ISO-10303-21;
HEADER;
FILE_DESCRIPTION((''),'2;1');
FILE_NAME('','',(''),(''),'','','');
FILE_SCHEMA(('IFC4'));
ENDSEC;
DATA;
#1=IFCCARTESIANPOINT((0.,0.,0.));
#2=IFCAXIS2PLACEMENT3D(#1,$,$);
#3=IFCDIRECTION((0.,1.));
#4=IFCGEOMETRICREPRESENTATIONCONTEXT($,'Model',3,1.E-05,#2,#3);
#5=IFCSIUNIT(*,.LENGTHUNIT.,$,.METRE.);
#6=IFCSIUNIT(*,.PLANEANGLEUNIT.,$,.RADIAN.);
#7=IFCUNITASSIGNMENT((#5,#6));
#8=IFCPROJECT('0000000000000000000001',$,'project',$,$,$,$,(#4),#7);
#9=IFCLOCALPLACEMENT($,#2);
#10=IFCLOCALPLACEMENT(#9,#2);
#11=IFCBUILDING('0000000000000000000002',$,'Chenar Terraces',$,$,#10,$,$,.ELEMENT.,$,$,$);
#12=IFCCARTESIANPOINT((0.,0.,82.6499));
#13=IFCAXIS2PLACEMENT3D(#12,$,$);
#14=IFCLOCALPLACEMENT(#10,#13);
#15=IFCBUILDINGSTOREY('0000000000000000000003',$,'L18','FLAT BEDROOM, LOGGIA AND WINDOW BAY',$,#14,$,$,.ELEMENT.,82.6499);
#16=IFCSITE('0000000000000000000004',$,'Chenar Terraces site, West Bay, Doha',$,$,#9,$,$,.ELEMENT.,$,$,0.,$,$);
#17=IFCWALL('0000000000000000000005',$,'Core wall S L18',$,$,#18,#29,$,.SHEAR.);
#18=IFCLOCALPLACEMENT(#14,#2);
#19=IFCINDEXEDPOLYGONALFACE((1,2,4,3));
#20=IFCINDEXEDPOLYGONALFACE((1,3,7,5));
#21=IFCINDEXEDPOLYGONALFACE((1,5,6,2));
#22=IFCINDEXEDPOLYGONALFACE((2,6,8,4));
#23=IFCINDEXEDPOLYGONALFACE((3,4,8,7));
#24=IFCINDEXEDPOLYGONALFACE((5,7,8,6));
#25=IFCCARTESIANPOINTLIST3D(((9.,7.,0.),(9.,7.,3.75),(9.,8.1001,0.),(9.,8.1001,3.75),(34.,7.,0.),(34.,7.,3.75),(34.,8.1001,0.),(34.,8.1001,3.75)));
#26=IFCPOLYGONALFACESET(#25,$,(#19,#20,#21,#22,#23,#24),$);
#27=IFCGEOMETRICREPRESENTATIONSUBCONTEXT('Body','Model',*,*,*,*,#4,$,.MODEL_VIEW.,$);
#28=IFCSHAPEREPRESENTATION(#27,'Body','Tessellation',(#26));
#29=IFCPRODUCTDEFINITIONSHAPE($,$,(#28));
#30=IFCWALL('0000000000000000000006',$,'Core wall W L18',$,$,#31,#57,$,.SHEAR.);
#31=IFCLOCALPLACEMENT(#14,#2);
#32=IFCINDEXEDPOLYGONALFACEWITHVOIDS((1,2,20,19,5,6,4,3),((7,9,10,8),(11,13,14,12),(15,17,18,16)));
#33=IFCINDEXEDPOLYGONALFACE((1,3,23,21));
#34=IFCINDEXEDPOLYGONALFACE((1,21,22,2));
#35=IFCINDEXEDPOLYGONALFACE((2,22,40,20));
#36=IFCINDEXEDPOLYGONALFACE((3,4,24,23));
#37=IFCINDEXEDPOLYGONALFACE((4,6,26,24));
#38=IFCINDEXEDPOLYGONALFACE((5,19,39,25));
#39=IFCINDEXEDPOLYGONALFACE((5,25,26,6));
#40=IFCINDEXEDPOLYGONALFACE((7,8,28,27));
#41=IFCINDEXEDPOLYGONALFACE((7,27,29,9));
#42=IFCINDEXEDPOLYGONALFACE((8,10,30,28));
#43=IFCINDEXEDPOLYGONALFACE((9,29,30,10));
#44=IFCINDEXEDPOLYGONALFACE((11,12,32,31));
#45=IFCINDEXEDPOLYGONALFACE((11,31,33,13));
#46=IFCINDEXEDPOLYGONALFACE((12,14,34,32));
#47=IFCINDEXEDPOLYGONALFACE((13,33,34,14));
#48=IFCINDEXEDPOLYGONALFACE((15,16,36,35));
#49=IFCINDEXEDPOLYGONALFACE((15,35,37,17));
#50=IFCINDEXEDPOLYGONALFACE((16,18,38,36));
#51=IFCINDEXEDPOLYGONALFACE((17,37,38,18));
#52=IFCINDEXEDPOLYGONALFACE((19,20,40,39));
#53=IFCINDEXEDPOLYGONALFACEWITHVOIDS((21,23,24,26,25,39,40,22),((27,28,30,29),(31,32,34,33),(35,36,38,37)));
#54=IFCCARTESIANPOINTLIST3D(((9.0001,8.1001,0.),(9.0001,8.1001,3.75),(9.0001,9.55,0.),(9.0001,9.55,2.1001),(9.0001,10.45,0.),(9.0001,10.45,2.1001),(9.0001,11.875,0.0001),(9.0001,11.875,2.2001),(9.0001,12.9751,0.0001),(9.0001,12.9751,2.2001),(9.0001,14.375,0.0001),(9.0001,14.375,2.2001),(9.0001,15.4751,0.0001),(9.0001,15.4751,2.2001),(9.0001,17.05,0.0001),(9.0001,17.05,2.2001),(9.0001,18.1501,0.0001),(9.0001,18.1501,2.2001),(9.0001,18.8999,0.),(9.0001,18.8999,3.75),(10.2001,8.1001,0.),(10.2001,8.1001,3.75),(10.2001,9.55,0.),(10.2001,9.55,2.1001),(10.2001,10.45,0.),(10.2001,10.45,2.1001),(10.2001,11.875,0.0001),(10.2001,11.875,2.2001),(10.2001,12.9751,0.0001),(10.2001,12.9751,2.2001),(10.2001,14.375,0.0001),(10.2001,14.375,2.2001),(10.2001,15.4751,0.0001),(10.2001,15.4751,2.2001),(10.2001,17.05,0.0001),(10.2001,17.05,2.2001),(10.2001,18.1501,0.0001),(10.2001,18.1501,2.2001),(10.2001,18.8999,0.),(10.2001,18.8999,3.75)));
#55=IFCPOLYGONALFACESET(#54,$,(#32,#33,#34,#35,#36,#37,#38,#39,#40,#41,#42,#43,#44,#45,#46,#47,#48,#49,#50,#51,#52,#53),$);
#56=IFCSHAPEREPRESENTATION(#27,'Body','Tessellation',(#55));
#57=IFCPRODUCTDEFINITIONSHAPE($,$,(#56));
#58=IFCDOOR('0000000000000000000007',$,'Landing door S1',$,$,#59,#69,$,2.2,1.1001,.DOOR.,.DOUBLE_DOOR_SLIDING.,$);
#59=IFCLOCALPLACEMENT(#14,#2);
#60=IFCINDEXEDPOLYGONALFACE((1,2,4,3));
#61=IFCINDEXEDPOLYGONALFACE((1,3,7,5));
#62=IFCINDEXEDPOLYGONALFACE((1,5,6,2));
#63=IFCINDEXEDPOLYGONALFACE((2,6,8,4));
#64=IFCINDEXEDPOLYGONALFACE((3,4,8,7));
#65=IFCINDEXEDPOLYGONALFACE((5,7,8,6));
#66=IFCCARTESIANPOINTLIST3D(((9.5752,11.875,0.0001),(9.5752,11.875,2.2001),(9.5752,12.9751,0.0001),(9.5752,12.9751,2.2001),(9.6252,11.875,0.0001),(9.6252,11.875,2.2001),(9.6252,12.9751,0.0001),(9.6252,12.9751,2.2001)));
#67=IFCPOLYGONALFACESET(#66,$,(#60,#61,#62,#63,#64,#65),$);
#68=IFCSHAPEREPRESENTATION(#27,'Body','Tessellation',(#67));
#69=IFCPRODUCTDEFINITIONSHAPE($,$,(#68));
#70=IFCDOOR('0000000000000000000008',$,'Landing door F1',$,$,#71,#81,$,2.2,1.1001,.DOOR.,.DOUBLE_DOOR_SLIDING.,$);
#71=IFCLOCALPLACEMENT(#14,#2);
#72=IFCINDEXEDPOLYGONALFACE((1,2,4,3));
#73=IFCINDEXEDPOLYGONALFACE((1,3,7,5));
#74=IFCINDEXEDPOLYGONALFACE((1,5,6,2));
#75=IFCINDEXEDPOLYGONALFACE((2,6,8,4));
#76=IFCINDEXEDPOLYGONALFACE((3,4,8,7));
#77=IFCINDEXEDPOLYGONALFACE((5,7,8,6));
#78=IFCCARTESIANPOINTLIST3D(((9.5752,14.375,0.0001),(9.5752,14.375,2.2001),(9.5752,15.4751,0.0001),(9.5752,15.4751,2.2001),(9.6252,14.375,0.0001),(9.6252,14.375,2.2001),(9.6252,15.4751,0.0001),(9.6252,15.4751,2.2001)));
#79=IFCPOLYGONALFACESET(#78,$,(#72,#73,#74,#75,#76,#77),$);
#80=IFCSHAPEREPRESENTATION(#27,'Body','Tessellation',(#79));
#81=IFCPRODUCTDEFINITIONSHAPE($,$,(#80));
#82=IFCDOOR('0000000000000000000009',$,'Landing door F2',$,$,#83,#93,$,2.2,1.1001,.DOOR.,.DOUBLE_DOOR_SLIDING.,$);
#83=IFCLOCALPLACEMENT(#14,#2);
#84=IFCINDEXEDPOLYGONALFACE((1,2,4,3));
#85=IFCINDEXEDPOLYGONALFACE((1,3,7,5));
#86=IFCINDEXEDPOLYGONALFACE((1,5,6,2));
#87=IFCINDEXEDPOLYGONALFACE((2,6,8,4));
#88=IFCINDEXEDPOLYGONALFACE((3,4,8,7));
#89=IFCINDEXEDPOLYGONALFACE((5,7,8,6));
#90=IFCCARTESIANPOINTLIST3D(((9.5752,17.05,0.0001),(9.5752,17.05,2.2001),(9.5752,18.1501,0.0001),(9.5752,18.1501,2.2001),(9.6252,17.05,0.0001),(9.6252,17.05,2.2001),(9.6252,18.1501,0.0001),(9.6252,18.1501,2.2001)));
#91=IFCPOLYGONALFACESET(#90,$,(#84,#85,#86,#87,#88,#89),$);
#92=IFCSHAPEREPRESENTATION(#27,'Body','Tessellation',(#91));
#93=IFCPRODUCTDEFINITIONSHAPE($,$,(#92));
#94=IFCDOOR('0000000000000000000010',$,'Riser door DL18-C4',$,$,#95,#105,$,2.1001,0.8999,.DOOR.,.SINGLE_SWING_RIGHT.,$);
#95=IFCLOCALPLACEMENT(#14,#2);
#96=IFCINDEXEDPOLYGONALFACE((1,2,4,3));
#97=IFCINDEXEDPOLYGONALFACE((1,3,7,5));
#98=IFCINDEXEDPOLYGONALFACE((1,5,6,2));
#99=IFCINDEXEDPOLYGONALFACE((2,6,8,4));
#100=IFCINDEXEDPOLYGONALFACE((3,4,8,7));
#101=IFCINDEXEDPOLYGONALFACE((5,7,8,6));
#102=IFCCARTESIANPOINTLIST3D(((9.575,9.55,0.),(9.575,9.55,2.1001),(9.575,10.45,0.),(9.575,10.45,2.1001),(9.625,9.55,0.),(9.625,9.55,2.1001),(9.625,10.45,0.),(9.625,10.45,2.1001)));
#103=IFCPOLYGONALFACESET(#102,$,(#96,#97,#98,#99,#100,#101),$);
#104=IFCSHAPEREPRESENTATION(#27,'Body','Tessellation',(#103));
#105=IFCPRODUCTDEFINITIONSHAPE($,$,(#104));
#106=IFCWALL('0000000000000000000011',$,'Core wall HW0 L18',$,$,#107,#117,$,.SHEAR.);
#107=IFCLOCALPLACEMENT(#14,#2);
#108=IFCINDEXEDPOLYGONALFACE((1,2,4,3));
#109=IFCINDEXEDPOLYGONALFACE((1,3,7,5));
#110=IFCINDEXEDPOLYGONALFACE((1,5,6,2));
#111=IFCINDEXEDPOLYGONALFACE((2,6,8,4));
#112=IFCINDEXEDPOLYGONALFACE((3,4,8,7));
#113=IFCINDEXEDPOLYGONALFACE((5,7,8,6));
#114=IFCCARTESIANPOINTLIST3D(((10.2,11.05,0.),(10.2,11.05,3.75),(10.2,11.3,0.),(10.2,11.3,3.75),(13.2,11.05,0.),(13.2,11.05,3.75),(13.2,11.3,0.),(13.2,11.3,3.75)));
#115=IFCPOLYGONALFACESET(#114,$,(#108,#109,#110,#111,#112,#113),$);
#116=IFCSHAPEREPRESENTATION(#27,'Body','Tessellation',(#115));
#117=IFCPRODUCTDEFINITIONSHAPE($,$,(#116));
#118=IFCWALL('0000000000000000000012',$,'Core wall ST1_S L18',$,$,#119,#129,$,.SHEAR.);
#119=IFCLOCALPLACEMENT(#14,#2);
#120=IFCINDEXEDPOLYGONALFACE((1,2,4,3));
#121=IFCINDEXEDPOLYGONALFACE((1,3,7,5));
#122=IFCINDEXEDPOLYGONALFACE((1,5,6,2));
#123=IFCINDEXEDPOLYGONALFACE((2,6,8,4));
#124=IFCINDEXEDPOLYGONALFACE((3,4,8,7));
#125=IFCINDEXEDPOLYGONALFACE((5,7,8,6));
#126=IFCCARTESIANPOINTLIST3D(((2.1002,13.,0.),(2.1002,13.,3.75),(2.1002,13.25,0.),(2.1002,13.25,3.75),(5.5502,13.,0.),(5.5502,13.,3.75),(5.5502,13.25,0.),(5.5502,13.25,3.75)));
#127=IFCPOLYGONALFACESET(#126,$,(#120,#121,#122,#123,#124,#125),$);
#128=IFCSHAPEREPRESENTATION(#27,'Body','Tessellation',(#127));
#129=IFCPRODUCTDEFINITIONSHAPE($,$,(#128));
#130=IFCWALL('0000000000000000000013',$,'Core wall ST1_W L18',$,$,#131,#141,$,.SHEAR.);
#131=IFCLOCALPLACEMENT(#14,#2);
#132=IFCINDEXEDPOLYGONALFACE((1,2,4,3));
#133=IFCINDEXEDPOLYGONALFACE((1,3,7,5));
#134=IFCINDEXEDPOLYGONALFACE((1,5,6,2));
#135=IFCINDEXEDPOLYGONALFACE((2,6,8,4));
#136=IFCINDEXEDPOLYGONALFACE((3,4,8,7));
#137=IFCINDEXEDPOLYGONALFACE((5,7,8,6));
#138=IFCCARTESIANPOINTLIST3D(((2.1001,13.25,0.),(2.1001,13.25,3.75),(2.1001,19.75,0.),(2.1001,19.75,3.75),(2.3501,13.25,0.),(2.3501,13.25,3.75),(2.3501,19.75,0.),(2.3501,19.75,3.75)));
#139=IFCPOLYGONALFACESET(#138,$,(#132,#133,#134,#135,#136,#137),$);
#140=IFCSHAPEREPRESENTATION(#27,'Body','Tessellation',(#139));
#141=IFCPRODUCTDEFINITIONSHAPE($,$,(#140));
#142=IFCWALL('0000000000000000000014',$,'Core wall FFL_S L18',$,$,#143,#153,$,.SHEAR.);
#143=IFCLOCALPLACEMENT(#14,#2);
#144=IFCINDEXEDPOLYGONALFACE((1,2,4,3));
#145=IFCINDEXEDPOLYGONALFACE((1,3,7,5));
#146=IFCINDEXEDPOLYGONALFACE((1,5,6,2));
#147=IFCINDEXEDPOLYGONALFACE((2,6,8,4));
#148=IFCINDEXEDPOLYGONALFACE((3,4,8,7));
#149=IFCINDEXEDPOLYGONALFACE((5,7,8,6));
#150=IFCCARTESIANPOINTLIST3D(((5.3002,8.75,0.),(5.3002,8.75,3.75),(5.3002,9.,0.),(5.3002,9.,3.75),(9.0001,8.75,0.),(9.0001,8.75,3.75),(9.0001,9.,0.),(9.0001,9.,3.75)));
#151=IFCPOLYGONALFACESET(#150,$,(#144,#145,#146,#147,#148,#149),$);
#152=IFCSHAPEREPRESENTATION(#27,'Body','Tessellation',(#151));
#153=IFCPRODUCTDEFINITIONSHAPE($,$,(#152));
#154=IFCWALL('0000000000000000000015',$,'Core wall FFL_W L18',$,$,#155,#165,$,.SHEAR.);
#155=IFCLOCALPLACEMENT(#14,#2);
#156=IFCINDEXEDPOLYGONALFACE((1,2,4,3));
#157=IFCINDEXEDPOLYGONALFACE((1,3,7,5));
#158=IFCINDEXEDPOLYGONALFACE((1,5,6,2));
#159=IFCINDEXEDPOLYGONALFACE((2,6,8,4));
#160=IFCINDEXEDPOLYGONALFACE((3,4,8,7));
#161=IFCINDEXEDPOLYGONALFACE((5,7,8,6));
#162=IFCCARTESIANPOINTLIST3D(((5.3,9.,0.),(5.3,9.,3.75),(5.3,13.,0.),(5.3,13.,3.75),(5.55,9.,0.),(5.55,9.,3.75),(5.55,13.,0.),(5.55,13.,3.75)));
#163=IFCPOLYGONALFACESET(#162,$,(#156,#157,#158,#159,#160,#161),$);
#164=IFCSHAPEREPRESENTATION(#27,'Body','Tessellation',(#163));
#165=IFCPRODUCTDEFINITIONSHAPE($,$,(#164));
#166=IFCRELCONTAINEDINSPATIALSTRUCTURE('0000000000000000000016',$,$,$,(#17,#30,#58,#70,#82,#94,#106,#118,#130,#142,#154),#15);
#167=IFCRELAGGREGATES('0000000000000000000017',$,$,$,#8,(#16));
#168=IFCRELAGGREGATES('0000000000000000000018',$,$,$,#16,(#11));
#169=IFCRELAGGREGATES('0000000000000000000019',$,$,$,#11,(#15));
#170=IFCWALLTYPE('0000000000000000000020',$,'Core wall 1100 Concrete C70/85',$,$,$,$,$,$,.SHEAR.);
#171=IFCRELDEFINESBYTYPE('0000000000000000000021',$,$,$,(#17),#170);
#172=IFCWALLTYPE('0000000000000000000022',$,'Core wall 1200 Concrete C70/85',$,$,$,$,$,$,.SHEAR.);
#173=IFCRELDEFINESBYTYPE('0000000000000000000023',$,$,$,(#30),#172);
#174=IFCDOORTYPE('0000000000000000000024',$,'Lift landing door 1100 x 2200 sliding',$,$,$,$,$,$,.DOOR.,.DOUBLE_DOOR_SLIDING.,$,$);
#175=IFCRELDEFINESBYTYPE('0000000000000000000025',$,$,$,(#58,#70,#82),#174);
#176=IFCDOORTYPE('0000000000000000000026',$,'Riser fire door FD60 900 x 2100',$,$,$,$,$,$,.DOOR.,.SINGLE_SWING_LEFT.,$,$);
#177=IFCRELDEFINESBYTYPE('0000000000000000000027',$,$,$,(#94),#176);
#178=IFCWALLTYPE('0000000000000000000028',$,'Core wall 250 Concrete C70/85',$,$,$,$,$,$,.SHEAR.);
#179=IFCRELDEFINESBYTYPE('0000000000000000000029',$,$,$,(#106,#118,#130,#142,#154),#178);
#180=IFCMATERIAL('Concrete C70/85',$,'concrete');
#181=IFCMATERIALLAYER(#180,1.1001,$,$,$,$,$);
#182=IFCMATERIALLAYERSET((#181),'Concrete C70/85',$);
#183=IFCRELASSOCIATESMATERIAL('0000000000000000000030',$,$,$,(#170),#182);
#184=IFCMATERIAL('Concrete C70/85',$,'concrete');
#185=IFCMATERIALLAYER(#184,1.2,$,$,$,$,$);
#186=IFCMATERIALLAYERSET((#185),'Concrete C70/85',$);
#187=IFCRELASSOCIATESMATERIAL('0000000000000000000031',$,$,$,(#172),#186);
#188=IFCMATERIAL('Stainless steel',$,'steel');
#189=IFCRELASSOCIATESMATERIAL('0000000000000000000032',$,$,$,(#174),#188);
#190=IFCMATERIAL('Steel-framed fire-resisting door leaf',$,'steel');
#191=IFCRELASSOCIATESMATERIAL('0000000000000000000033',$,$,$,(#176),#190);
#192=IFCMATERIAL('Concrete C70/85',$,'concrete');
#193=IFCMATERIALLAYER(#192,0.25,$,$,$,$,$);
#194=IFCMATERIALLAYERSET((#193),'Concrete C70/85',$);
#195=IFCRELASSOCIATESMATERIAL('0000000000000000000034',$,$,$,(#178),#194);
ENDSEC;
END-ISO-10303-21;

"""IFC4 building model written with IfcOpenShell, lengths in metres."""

from ifc_helpers import new_model, si_unit, direction, frame, frame_2d, origin, place, context, subcontext, project, spatial, rectangle, extrude, material, layer, layer_set, type_object, element, fill, save


model = new_model("IFC4")

# Units and contexts
model_context = context("Model", 3, precision=1e-05, world=origin(), true_north=direction((0.0, 1.0)))
body_context = subcontext(model_context, "Body", "Model", "MODEL_VIEW")
ifc_project = project(units=[si_unit("LENGTHUNIT", "METRE"), si_unit("PLANEANGLEUNIT", "RADIAN")], contexts=[model_context])

# Site, building, storey
site_placement = place(None, origin())
site = spatial("IfcSite", under=ifc_project, at=site_placement, Name="Chenar Terraces site, West Bay, Doha", CompositionType="ELEMENT", RefElevation=0.0)
building_placement = place(site_placement, origin())
building = spatial("IfcBuilding", under=site, at=building_placement, Name="Chenar Terraces", CompositionType="ELEMENT")
storey_placement = place(building_placement, frame((0.0, 0.0, 82.6499)))
storey = spatial("IfcBuildingStorey", under=building, at=storey_placement, Name="L18", Description="FLAT BEDROOM, LOGGIA AND WINDOW BAY", CompositionType="ELEMENT", Elevation=82.6499)

# Wall
ifc_material_1 = material(Name="Concrete C70/85", Category="concrete")
ifc_layer_1 = layer(ifc_material_1, 1.1001)
ifc_layer_set_1 = layer_set([ifc_layer_1], Name="Concrete C70/85")
wall_type_1 = type_object("IfcWallType", Name="Core wall 1100 Concrete C70/85", PredefinedType="SHEAR", material=ifc_layer_set_1)
wall_1_placement = place(storey_placement, frame((9.0, 7.55, 0.0), z_axis=(0.0, 0.0, 1.0), x_axis=(1.0, 0.0, 0.0)))
element("IfcWall", 1, at=wall_1_placement, inside=storey, type_object=wall_type_1, Name="Core wall S L18", PredefinedType="SHEAR", context=body_context, shape_type="SweptSolid", body=[
    extrude(rectangle(XDim=25.0, YDim=1.1001, at=frame_2d((12.5, 0.0))), origin(), (0.0, 0.0, 1.0), 3.75),
])

# Wall, openings, doors
ifc_material_2 = material(Name="Concrete C70/85", Category="concrete")
ifc_layer_2 = layer(ifc_material_2, 1.2)
ifc_layer_set_2 = layer_set([ifc_layer_2], Name="Concrete C70/85")
wall_type_2 = type_object("IfcWallType", Name="Core wall 1200 Concrete C70/85", PredefinedType="SHEAR", material=ifc_layer_set_2)
wall_2_placement = place(storey_placement, frame((9.6001, 8.1001, 0.0), z_axis=(0.0, 0.0, 1.0), x_axis=(0.0, 1.0, 0.0)))
wall_2 = element("IfcWall", 2, at=wall_2_placement, inside=storey, type_object=wall_type_2, Name="Core wall W L18", PredefinedType="SHEAR", context=body_context, shape_type="SweptSolid", body=[
    extrude(rectangle(XDim=10.7998, YDim=1.2, at=frame_2d((5.3999, 0.0))), origin(), (0.0, 0.0, 1.0), 3.75),
])
opening_1_placement = place(wall_2_placement, frame((3.7749, 0.0, 0.0)))
opening_1 = element("IfcOpeningElement", 3, at=opening_1_placement, cuts=wall_2, PredefinedType="OPENING", context=body_context, shape_type="SweptSolid", body=[
    extrude(rectangle(XDim=1.1001, YDim=2.2, at=frame_2d((0.55, 1.1001))), frame((0.0, 0.6099, 0.0), z_axis=(0.0, -1.0, 0.0), x_axis=(1.0, 0.0, 0.0)), (0.0, 0.0, 1.0), 1.22),
])
opening_2_placement = place(wall_2_placement, frame((6.2749, 0.0, 0.0)))
opening_2 = element("IfcOpeningElement", 4, at=opening_2_placement, cuts=wall_2, PredefinedType="OPENING", context=body_context, shape_type="SweptSolid", body=[
    extrude(rectangle(XDim=1.1001, YDim=2.2, at=frame_2d((0.55, 1.1001))), frame((0.0, 0.6099, 0.0), z_axis=(0.0, -1.0, 0.0), x_axis=(1.0, 0.0, 0.0)), (0.0, 0.0, 1.0), 1.22),
])
opening_3_placement = place(wall_2_placement, frame((8.95, 0.0, 0.0)))
opening_3 = element("IfcOpeningElement", 5, at=opening_3_placement, cuts=wall_2, PredefinedType="OPENING", context=body_context, shape_type="SweptSolid", body=[
    extrude(rectangle(XDim=1.1001, YDim=2.2, at=frame_2d((0.55, 1.1001))), frame((0.0, 0.6099, 0.0), z_axis=(0.0, -1.0, 0.0), x_axis=(1.0, 0.0, 0.0)), (0.0, 0.0, 1.0), 1.22),
])
opening_4_placement = place(wall_2_placement, frame((1.45, 0.0, 0.0)))
opening_4 = element("IfcOpeningElement", 6, at=opening_4_placement, cuts=wall_2, PredefinedType="OPENING", context=body_context, shape_type="SweptSolid", body=[
    extrude(rectangle(XDim=0.8999, YDim=2.1001, at=frame_2d((0.45, 1.05))), frame((0.0, 0.6099, 0.0), z_axis=(0.0, -1.0, 0.0), x_axis=(1.0, 0.0, 0.0)), (0.0, 0.0, 1.0), 1.22),
])
ifc_material_3 = material(Name="Stainless steel", Category="steel")
door_type_1 = type_object("IfcDoorType", Name="Lift landing door 1100 x 2200 sliding", OperationType="DOUBLE_DOOR_SLIDING", PredefinedType="DOOR", material=ifc_material_3)
door_1_placement = place(opening_1_placement, origin())
door_1 = element("IfcDoor", 7, at=door_1_placement, inside=storey, type_object=door_type_1, Name="Landing door S1", OperationType="DOUBLE_DOOR_SLIDING", OverallHeight=2.2, OverallWidth=1.1001, PredefinedType="DOOR", context=body_context, shape_type="SweptSolid", body=[
    extrude(rectangle(XDim=1.1001, YDim=2.2, at=frame_2d((0.55, 1.1001))), frame((0.0, 0.0249, 0.0), z_axis=(0.0, -1.0, 0.0), x_axis=(1.0, 0.0, 0.0)), (0.0, 0.0, 1.0), 0.05),
])
fill(opening_1, door_1)
door_2_placement = place(opening_2_placement, origin())
door_2 = element("IfcDoor", 8, at=door_2_placement, inside=storey, type_object=door_type_1, Name="Landing door F1", OperationType="DOUBLE_DOOR_SLIDING", OverallHeight=2.2, OverallWidth=1.1001, PredefinedType="DOOR", context=body_context, shape_type="SweptSolid", body=[
    extrude(rectangle(XDim=1.1001, YDim=2.2, at=frame_2d((0.55, 1.1001))), frame((0.0, 0.0249, 0.0), z_axis=(0.0, -1.0, 0.0), x_axis=(1.0, 0.0, 0.0)), (0.0, 0.0, 1.0), 0.05),
])
fill(opening_2, door_2)
door_3_placement = place(opening_3_placement, origin())
door_3 = element("IfcDoor", 9, at=door_3_placement, inside=storey, type_object=door_type_1, Name="Landing door F2", OperationType="DOUBLE_DOOR_SLIDING", OverallHeight=2.2, OverallWidth=1.1001, PredefinedType="DOOR", context=body_context, shape_type="SweptSolid", body=[
    extrude(rectangle(XDim=1.1001, YDim=2.2, at=frame_2d((0.55, 1.1001))), frame((0.0, 0.0249, 0.0), z_axis=(0.0, -1.0, 0.0), x_axis=(1.0, 0.0, 0.0)), (0.0, 0.0, 1.0), 0.05),
])
fill(opening_3, door_3)
ifc_material_4 = material(Name="Steel-framed fire-resisting door leaf", Category="steel")
door_type_2 = type_object("IfcDoorType", Name="Riser fire door FD60 900 x 2100", OperationType="SINGLE_SWING_LEFT", PredefinedType="DOOR", material=ifc_material_4)
door_4_placement = place(opening_4_placement, frame((0.8999, 0.0, 0.0), z_axis=(0.0, 0.0, 1.0), x_axis=(-1.0, 0.0, 0.0)))
door_4 = element("IfcDoor", 10, at=door_4_placement, inside=storey, type_object=door_type_2, Name="Riser door DL18-C4", OperationType="SINGLE_SWING_RIGHT", OverallHeight=2.1001, OverallWidth=0.8999, PredefinedType="DOOR", context=body_context, shape_type="SweptSolid", body=[
    extrude(rectangle(XDim=0.8999, YDim=2.1001, at=frame_2d((0.45, 1.05))), frame((0.0, 0.0249, 0.0), z_axis=(0.0, -1.0, 0.0), x_axis=(1.0, 0.0, 0.0)), (0.0, 0.0, 1.0), 0.05),
])
fill(opening_4, door_4)

# Walls
ifc_material_5 = material(Name="Concrete C70/85", Category="concrete")
ifc_layer_3 = layer(ifc_material_5, 0.25)
ifc_layer_set_3 = layer_set([ifc_layer_3], Name="Concrete C70/85")
wall_type_3 = type_object("IfcWallType", Name="Core wall 250 Concrete C70/85", PredefinedType="SHEAR", material=ifc_layer_set_3)
wall_3_placement = place(storey_placement, frame((10.2, 11.175, 0.0), z_axis=(0.0, 0.0, 1.0), x_axis=(1.0, 0.0, 0.0)))
element("IfcWall", 11, at=wall_3_placement, inside=storey, type_object=wall_type_3, Name="Core wall HW0 L18", PredefinedType="SHEAR", context=body_context, shape_type="SweptSolid", body=[
    extrude(rectangle(XDim=3.0, YDim=0.25, at=frame_2d((1.5, 0.0))), origin(), (0.0, 0.0, 1.0), 3.75),
])
wall_4_placement = place(storey_placement, frame((2.1001, 13.125, 0.0), z_axis=(0.0, 0.0, 1.0), x_axis=(1.0, 0.0, 0.0)))
element("IfcWall", 12, at=wall_4_placement, inside=storey, type_object=wall_type_3, Name="Core wall ST1_S L18", PredefinedType="SHEAR", context=body_context, shape_type="SweptSolid", body=[
    extrude(rectangle(XDim=3.45, YDim=0.25, at=frame_2d((1.7251, 0.0))), origin(), (0.0, 0.0, 1.0), 3.75),
])
wall_5_placement = place(storey_placement, frame((2.2251, 13.25, 0.0), z_axis=(0.0, 0.0, 1.0), x_axis=(0.0, 1.0, 0.0)))
element("IfcWall", 13, at=wall_5_placement, inside=storey, type_object=wall_type_3, Name="Core wall ST1_W L18", PredefinedType="SHEAR", context=body_context, shape_type="SweptSolid", body=[
    extrude(rectangle(XDim=6.5, YDim=0.25, at=frame_2d((3.25, 0.0))), origin(), (0.0, 0.0, 1.0), 3.75),
])
wall_6_placement = place(storey_placement, frame((5.3, 8.875, 0.0), z_axis=(0.0, 0.0, 1.0), x_axis=(1.0, 0.0, 0.0)))
element("IfcWall", 14, at=wall_6_placement, inside=storey, type_object=wall_type_3, Name="Core wall FFL_S L18", PredefinedType="SHEAR", context=body_context, shape_type="SweptSolid", body=[
    extrude(rectangle(XDim=3.7, YDim=0.25, at=frame_2d((1.8501, 0.0))), origin(), (0.0, 0.0, 1.0), 3.75),
])
wall_7_placement = place(storey_placement, frame((5.425, 9.0, 0.0), z_axis=(0.0, 0.0, 1.0), x_axis=(0.0, 1.0, 0.0)))
element("IfcWall", 15, at=wall_7_placement, inside=storey, type_object=wall_type_3, Name="Core wall FFL_W L18", PredefinedType="SHEAR", context=body_context, shape_type="SweptSolid", body=[
    extrude(rectangle(XDim=4.0, YDim=0.25, at=frame_2d((2.0, 0.0))), origin(), (0.0, 0.0, 1.0), 3.75),
])

save(model, "model.ifc")
